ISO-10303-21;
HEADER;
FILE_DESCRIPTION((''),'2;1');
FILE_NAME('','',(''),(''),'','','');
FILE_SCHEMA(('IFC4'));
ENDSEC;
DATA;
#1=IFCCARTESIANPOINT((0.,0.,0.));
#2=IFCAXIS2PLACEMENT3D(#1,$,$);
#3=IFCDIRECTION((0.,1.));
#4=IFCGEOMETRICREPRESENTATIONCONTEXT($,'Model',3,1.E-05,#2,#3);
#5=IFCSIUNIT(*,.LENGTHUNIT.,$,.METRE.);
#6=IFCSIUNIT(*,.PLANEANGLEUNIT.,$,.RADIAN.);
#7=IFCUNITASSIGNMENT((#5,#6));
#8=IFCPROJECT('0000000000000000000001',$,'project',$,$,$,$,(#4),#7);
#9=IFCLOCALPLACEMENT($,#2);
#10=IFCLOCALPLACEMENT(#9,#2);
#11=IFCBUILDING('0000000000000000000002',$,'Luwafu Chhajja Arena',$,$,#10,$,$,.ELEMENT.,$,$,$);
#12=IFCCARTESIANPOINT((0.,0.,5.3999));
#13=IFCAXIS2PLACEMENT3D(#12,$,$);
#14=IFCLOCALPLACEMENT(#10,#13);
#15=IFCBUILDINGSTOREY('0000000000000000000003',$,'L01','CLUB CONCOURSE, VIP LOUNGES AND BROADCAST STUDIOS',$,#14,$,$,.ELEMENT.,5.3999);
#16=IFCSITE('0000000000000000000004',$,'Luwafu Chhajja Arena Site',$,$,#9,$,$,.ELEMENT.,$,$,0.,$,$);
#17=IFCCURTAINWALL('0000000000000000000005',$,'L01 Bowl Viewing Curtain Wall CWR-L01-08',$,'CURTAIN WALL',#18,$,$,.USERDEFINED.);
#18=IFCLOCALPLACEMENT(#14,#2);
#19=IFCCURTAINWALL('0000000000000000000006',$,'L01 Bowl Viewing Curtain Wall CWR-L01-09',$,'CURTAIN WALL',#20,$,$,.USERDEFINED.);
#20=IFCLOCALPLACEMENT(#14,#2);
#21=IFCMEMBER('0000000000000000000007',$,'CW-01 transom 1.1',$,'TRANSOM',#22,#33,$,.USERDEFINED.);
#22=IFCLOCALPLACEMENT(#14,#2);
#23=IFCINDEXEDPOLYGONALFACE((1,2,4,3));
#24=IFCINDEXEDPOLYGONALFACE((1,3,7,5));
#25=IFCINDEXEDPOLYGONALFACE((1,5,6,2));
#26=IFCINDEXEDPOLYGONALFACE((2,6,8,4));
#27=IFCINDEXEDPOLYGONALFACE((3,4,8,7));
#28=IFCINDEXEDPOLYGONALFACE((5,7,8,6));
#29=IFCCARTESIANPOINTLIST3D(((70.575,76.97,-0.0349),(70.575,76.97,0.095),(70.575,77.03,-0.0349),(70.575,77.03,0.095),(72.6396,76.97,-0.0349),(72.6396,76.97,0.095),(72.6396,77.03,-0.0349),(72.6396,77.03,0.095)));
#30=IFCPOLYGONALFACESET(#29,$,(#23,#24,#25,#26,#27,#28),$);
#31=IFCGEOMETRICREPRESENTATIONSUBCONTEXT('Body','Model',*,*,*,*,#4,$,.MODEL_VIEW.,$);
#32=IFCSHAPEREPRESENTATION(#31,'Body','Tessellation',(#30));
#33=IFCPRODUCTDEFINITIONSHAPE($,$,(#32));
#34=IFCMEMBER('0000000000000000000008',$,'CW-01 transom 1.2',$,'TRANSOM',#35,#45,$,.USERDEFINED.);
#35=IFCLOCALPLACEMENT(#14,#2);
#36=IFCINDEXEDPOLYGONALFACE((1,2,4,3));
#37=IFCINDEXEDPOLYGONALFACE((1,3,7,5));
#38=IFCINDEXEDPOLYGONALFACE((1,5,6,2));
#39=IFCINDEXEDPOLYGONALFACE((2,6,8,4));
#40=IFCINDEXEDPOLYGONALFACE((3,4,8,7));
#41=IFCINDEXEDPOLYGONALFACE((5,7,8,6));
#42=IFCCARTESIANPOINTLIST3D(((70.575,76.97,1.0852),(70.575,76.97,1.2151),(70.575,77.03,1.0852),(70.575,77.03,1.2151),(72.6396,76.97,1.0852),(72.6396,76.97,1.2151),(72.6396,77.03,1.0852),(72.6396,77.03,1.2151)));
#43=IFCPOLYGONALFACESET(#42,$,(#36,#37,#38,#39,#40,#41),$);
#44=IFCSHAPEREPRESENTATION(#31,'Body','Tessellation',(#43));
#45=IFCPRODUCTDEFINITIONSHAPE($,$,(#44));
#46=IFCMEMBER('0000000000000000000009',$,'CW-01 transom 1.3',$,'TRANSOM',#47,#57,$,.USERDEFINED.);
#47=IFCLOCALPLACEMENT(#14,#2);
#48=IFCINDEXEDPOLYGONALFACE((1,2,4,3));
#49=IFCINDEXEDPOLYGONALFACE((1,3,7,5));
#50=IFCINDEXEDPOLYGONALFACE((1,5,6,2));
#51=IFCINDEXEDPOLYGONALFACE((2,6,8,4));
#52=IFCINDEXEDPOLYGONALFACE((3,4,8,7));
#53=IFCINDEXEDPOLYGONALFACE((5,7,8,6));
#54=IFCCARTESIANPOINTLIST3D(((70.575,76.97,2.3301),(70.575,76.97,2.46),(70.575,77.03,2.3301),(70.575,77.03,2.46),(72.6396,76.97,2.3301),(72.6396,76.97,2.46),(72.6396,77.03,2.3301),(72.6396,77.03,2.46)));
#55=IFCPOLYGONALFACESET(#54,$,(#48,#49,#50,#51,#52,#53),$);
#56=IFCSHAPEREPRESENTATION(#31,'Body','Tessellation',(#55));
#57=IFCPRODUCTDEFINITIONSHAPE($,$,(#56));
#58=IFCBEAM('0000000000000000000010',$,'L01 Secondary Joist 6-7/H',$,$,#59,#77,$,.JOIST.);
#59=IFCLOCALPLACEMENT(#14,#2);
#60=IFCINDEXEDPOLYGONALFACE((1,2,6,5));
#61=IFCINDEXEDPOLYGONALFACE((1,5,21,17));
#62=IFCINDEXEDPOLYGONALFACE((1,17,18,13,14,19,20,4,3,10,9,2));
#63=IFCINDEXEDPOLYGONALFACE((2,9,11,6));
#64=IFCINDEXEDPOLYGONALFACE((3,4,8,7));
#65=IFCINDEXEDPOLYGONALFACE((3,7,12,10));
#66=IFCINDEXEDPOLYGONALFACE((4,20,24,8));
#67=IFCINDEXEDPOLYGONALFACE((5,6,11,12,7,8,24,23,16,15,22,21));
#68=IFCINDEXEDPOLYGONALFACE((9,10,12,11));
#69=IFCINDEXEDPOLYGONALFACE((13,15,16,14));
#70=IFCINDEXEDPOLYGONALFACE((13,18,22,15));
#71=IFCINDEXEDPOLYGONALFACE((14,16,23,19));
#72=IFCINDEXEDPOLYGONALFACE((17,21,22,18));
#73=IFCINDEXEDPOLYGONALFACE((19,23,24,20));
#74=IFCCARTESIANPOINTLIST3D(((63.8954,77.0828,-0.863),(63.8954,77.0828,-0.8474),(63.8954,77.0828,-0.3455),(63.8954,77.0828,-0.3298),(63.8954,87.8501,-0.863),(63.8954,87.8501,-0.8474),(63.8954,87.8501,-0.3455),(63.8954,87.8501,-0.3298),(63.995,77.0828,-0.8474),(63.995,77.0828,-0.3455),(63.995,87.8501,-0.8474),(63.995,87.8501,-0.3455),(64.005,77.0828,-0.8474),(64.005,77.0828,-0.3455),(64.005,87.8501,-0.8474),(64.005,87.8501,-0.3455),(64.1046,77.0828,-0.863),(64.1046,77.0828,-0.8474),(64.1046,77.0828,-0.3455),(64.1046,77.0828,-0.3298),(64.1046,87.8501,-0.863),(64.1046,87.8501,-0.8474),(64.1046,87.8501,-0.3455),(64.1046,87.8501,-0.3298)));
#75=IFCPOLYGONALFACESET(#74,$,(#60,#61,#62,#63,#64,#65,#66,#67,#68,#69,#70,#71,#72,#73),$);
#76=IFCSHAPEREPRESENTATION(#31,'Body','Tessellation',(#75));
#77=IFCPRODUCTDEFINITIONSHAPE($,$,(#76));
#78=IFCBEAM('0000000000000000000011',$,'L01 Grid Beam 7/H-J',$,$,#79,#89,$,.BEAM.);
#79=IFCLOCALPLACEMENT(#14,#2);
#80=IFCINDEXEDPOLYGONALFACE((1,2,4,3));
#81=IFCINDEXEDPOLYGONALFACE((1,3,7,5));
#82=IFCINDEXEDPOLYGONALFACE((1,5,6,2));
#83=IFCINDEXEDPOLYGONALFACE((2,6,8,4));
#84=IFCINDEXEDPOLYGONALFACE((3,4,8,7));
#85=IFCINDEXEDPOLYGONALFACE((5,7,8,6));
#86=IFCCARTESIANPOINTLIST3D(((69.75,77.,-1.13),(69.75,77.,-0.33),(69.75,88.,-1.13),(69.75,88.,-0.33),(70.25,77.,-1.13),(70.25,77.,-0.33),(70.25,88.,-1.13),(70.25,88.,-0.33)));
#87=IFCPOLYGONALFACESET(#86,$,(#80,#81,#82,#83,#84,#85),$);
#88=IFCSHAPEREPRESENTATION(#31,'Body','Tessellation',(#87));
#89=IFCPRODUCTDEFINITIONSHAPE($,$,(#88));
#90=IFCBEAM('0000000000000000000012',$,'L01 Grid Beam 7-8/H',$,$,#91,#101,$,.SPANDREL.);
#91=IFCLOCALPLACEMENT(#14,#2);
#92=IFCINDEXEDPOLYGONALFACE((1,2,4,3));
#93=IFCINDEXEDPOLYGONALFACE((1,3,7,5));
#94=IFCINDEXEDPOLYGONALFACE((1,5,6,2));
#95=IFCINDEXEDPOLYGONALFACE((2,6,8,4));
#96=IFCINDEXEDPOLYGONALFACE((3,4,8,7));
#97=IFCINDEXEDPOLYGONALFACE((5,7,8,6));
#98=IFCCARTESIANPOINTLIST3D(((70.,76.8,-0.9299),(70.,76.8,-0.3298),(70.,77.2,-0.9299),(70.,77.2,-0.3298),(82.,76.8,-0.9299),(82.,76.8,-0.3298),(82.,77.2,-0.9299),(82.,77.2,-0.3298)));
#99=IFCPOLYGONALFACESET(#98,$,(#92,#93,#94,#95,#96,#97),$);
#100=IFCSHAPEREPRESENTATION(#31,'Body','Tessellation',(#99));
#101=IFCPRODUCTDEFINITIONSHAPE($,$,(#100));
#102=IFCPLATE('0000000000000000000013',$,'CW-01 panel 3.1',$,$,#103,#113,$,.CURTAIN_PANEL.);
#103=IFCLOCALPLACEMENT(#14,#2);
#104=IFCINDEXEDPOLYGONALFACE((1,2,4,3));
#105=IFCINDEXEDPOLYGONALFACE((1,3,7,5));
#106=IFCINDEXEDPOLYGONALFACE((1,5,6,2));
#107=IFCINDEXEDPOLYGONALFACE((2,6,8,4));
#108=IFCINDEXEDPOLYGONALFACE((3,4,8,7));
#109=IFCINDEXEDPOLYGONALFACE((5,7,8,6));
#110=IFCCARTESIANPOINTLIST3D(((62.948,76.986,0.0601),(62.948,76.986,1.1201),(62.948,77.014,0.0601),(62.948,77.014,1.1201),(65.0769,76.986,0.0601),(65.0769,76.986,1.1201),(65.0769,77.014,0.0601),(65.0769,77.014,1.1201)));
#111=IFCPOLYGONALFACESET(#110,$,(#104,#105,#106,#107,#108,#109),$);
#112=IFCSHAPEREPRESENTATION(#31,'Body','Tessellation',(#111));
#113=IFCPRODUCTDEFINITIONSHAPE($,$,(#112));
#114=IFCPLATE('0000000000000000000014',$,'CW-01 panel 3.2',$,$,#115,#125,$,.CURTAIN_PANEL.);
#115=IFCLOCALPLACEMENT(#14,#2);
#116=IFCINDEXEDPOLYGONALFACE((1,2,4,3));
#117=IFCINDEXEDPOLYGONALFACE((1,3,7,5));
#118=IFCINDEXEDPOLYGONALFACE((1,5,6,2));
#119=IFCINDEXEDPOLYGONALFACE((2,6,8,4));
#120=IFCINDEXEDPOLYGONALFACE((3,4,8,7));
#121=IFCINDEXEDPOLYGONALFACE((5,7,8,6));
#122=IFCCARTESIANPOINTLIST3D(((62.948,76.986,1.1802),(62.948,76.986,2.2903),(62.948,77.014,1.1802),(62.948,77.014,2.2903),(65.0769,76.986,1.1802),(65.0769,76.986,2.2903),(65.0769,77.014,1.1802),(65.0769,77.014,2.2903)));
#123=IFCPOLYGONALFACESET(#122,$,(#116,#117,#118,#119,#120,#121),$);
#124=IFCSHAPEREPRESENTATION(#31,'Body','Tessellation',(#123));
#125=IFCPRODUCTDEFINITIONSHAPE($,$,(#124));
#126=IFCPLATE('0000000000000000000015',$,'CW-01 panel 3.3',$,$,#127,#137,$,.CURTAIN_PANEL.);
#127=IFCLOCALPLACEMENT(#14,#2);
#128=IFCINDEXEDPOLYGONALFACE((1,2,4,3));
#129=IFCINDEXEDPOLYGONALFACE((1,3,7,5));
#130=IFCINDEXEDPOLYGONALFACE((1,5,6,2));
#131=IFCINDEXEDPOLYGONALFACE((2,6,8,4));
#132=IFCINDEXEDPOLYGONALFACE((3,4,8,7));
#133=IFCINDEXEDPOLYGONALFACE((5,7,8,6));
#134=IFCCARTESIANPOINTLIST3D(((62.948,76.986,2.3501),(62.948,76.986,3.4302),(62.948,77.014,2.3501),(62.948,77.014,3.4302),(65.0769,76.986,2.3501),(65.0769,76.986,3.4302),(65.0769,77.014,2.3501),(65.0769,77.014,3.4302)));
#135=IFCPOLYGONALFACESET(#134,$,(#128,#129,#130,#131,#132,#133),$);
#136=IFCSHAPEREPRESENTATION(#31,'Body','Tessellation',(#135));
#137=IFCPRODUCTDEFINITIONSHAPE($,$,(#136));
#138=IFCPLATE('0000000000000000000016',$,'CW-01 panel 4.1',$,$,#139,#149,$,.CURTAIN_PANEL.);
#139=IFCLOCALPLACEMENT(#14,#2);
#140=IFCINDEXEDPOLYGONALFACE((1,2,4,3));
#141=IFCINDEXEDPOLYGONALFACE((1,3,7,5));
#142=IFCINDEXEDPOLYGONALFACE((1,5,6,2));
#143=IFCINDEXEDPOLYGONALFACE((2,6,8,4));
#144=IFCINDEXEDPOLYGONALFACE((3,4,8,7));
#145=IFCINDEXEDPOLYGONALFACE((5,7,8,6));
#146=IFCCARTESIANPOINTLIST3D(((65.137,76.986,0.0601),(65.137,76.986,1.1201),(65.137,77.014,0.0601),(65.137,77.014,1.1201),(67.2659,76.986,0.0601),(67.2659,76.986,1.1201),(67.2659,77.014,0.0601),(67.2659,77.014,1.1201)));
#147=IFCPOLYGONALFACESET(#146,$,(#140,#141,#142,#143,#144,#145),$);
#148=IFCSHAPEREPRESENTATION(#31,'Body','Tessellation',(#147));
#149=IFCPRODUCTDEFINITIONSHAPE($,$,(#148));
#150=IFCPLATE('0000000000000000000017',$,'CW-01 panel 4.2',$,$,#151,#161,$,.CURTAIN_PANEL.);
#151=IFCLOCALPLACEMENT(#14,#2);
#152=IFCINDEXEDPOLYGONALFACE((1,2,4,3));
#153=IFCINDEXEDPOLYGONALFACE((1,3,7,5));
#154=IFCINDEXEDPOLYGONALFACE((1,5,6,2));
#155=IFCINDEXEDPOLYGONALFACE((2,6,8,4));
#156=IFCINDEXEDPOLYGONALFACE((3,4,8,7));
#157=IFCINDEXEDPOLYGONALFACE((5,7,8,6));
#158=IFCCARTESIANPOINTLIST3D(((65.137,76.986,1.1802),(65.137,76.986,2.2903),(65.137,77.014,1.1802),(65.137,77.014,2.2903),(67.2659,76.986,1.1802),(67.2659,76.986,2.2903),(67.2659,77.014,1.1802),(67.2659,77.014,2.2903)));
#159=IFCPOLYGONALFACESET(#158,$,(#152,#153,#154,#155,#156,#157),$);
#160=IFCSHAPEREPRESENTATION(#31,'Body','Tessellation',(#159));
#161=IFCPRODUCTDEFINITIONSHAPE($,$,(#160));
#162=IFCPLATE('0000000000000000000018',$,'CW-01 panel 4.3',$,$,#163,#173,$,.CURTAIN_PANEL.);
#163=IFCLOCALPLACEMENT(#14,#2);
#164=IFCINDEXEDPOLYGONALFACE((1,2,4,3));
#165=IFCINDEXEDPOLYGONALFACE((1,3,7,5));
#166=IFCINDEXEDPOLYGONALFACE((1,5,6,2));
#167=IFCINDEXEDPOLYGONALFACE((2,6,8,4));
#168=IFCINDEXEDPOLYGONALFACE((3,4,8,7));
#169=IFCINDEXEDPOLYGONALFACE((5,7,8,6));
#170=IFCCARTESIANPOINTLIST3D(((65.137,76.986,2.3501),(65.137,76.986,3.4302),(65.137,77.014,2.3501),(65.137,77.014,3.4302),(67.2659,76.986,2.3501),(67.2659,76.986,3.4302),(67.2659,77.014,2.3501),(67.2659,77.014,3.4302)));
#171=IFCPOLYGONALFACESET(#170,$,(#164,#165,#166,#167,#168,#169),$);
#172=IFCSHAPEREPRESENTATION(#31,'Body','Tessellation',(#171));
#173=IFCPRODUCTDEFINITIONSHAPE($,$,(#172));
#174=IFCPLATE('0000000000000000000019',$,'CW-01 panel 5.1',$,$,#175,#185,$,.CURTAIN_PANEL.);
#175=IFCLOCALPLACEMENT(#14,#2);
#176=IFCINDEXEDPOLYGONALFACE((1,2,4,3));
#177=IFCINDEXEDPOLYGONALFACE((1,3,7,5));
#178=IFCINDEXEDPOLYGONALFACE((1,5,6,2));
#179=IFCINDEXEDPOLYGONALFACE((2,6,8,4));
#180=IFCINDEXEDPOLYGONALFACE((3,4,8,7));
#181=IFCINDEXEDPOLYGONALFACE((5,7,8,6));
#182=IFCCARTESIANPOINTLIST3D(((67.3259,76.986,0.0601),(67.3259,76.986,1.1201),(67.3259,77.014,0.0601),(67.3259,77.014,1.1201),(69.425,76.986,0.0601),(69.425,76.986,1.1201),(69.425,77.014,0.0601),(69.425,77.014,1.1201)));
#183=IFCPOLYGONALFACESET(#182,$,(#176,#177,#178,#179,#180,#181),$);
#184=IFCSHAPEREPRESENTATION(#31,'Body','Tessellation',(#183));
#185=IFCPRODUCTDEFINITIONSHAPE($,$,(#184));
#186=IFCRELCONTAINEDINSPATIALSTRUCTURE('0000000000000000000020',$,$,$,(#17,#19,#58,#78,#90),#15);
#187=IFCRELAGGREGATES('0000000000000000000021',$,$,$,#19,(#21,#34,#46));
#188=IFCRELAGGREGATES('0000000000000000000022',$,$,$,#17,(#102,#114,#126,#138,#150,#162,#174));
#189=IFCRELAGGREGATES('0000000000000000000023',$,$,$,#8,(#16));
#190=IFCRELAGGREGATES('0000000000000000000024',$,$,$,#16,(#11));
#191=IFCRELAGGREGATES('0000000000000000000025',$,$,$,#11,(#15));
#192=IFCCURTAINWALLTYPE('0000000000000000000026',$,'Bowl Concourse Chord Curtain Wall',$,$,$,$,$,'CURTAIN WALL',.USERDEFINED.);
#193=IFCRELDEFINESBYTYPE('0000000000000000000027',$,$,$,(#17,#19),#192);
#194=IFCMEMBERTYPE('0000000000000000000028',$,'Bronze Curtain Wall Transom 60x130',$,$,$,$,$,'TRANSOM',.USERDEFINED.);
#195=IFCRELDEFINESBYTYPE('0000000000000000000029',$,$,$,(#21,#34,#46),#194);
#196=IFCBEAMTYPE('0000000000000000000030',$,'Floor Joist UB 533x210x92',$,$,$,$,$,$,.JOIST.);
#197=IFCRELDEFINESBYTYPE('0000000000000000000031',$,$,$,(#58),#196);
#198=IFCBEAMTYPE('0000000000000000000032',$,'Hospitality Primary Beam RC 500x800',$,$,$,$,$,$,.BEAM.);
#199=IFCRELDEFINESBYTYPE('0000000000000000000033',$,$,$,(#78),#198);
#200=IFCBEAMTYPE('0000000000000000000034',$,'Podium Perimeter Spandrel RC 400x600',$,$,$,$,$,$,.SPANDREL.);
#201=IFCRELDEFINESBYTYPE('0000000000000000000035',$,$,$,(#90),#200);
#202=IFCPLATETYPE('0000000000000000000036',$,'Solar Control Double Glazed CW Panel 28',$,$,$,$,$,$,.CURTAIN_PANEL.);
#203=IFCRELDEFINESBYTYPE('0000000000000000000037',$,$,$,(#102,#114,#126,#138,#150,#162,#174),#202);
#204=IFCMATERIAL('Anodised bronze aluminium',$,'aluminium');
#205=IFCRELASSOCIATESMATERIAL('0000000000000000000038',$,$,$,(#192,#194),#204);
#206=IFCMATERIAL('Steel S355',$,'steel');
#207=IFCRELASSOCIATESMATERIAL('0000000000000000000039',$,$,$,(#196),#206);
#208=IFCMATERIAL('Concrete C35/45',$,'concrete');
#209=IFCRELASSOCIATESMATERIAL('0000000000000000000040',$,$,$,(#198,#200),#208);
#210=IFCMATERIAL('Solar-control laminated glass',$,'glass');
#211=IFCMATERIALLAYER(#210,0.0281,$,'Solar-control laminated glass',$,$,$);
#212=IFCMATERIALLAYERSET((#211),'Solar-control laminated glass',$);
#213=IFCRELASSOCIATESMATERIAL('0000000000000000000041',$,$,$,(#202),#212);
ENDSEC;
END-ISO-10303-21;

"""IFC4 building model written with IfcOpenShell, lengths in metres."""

from ifc_helpers import new_model, si_unit, direction, frame, origin, origin_2d, place, context, subcontext, project, spatial, rectangle, i_section, extrude, material, layer, layer_set, material_profile, profile_set, type_object, element, aggregate, save


model = new_model("IFC4")

# Units and contexts
model_context = context("Model", 3, precision=1e-05, world=origin(), true_north=direction((0.0, 1.0)))
body_context = subcontext(model_context, "Body", "Model", "MODEL_VIEW")
ifc_project = project(units=[si_unit("LENGTHUNIT", "METRE"), si_unit("PLANEANGLEUNIT", "RADIAN")], contexts=[model_context])

# Site, building, storey
site_placement = place(None, origin())
site = spatial("IfcSite", under=ifc_project, at=site_placement, Name="Luwafu Chhajja Arena Site", CompositionType="ELEMENT", RefElevation=0.0)
building_placement = place(site_placement, origin())
building = spatial("IfcBuilding", under=site, at=building_placement, Name="Luwafu Chhajja Arena", CompositionType="ELEMENT")
storey_placement = place(building_placement, frame((0.0, 0.0, 5.3999)))
storey = spatial("IfcBuildingStorey", under=building, at=storey_placement, Name="L01", Description="CLUB CONCOURSE, VIP LOUNGES AND BROADCAST STUDIOS", CompositionType="ELEMENT", Elevation=5.3999)

# Shared definitions
ifc_material_1 = material(Name="Concrete C35/45", Category="concrete")

# Curtain wall
ifc_material_2 = material(Name="Anodised bronze aluminium", Category="aluminium")
curtain_wall_type = type_object("IfcCurtainWallType", Name="Bowl Concourse Chord Curtain Wall", ElementType="CURTAIN WALL", PredefinedType="USERDEFINED", material=ifc_material_2)
curtain_wall_1_placement = place(storey_placement, origin())
curtain_wall_1 = element("IfcCurtainWall", 1, at=curtain_wall_1_placement, inside=storey, type_object=curtain_wall_type, Name="L01 Bowl Viewing Curtain Wall CWR-L01-08", ObjectType="CURTAIN WALL", PredefinedType="USERDEFINED")

# Curtain wall
curtain_wall_2_placement = place(storey_placement, origin())
curtain_wall_2 = element("IfcCurtainWall", 2, at=curtain_wall_2_placement, inside=storey, type_object=curtain_wall_type, Name="L01 Bowl Viewing Curtain Wall CWR-L01-09", ObjectType="CURTAIN WALL", PredefinedType="USERDEFINED")

# Members
ifc_material_profile_1 = material_profile(ifc_material_2, rectangle(XDim=0.0601, YDim=0.1299, at=origin_2d()), Name="CWT 60x130")
ifc_profile_set_1 = profile_set([ifc_material_profile_1], Name="Anodised bronze aluminium")
member_type_1 = type_object("IfcMemberType", Name="Bronze Curtain Wall Transom 60x130", ElementType="TRANSOM", PredefinedType="USERDEFINED", material=ifc_profile_set_1)
member_1_placement = place(storey_placement, frame((70.575, 77.0, 0.03), z_axis=(1.0, 0.0, 0.0), x_axis=(0.0, 1.0, 0.0)))
member_1 = element("IfcMember", 3, at=member_1_placement, type_object=member_type_1, Name="CW-01 transom 1.1", ObjectType="TRANSOM", PredefinedType="USERDEFINED", context=body_context, shape_type="SweptSolid", body=[
    extrude(rectangle(XDim=0.0601, YDim=0.1299, at=origin_2d()), origin(), (0.0, 0.0, 1.0), 2.0647),
])
member_2_placement = place(storey_placement, frame((70.575, 77.0, 1.1501), z_axis=(1.0, 0.0, 0.0), x_axis=(0.0, 1.0, 0.0)))
member_2 = element("IfcMember", 4, at=member_2_placement, type_object=member_type_1, Name="CW-01 transom 1.2", ObjectType="TRANSOM", PredefinedType="USERDEFINED", context=body_context, shape_type="SweptSolid", body=[
    extrude(rectangle(XDim=0.0601, YDim=0.1299, at=origin_2d()), origin(), (0.0, 0.0, 1.0), 2.0647),
])
member_3_placement = place(storey_placement, frame((70.575, 77.0, 2.395), z_axis=(1.0, 0.0, 0.0), x_axis=(0.0, 1.0, 0.0)))
member_3 = element("IfcMember", 5, at=member_3_placement, type_object=member_type_1, Name="CW-01 transom 1.3", ObjectType="TRANSOM", PredefinedType="USERDEFINED", context=body_context, shape_type="SweptSolid", body=[
    extrude(rectangle(XDim=0.0601, YDim=0.1299, at=origin_2d()), origin(), (0.0, 0.0, 1.0), 2.0647),
])
aggregate(curtain_wall_2, [member_1, member_2, member_3])

# Beams
ifc_material_3 = material(Name="Steel S355", Category="steel")
ifc_material_profile_2 = material_profile(ifc_material_3, i_section(OverallWidth=0.2092, OverallDepth=0.5332, WebThickness=0.01, FlangeThickness=0.0156, at=origin_2d()), Name="UB 533x210x92")
ifc_profile_set_2 = profile_set([ifc_material_profile_2], Name="Steel S355")
beam_type_1 = type_object("IfcBeamType", Name="Floor Joist UB 533x210x92", PredefinedType="JOIST", material=ifc_profile_set_2)
beam_1_placement = place(storey_placement, frame((64.0, 77.0828, -0.5964), z_axis=(0.0, 1.0, 0.0), x_axis=(-1.0, 0.0, 0.0)))
element("IfcBeam", 6, at=beam_1_placement, inside=storey, type_object=beam_type_1, Name="L01 Secondary Joist 6-7/H", PredefinedType="JOIST", context=body_context, shape_type="SweptSolid", body=[
    extrude(i_section(OverallWidth=0.2092, OverallDepth=0.5332, WebThickness=0.01, FlangeThickness=0.0156, at=origin_2d()), origin(), (0.0, 0.0, 1.0), 10.7673),
])
ifc_material_profile_3 = material_profile(ifc_material_1, rectangle(XDim=0.5, YDim=0.8, at=origin_2d()), Name="RC 500x800")
ifc_profile_set_3 = profile_set([ifc_material_profile_3], Name="Concrete C35/45")
beam_type_2 = type_object("IfcBeamType", Name="Hospitality Primary Beam RC 500x800", PredefinedType="BEAM", material=ifc_profile_set_3)
beam_2_placement = place(storey_placement, frame((70.0, 77.0, -0.73), z_axis=(0.0, 1.0, 0.0), x_axis=(-1.0, 0.0, 0.0)))
element("IfcBeam", 7, at=beam_2_placement, inside=storey, type_object=beam_type_2, Name="L01 Grid Beam 7/H-J", PredefinedType="BEAM", context=body_context, shape_type="SweptSolid", body=[
    extrude(rectangle(XDim=0.5, YDim=0.8, at=origin_2d()), origin(), (0.0, 0.0, 1.0), 11.0),
])
ifc_material_profile_4 = material_profile(ifc_material_1, rectangle(XDim=0.3999, YDim=0.6001, at=origin_2d()), Name="RC 400x600")
ifc_profile_set_4 = profile_set([ifc_material_profile_4], Name="Concrete C35/45")
beam_type_3 = type_object("IfcBeamType", Name="Podium Perimeter Spandrel RC 400x600", PredefinedType="SPANDREL", material=ifc_profile_set_4)
beam_3_placement = place(storey_placement, frame((70.0, 77.0, -0.6299), z_axis=(1.0, 0.0, 0.0), x_axis=(0.0, 1.0, 0.0)))
element("IfcBeam", 8, at=beam_3_placement, inside=storey, type_object=beam_type_3, Name="L01 Grid Beam 7-8/H", PredefinedType="SPANDREL", context=body_context, shape_type="SweptSolid", body=[
    extrude(rectangle(XDim=0.3999, YDim=0.6001, at=origin_2d()), origin(), (0.0, 0.0, 1.0), 12.0),
])

# Plates
ifc_material_4 = material(Name="Solar-control laminated glass", Category="glass")
ifc_layer = layer(ifc_material_4, 0.0281, Name="Solar-control laminated glass")
ifc_layer_set = layer_set([ifc_layer], Name="Solar-control laminated glass")
plate_type = type_object("IfcPlateType", Name="Solar Control Double Glazed CW Panel 28", PredefinedType="CURTAIN_PANEL", material=ifc_layer_set)
plate_1_placement = place(storey_placement, frame((64.0125, 77.0, 0.0601), z_axis=(0.0, 0.0, 1.0), x_axis=(1.0, 0.0, 0.0)))
plate_1 = element("IfcPlate", 9, at=plate_1_placement, type_object=plate_type, Name="CW-01 panel 3.1", PredefinedType="CURTAIN_PANEL", context=body_context, shape_type="SweptSolid", body=[
    extrude(rectangle(XDim=2.1289, YDim=0.0281, at=origin_2d()), origin(), (0.0, 0.0, 1.0), 1.0601),
])
plate_2_placement = place(storey_placement, frame((64.0125, 77.0, 1.1802), z_axis=(0.0, 0.0, 1.0), x_axis=(1.0, 0.0, 0.0)))
plate_2 = element("IfcPlate", 10, at=plate_2_placement, type_object=plate_type, Name="CW-01 panel 3.2", PredefinedType="CURTAIN_PANEL", context=body_context, shape_type="SweptSolid", body=[
    extrude(rectangle(XDim=2.1289, YDim=0.0281, at=origin_2d()), origin(), (0.0, 0.0, 1.0), 1.1101),
])
plate_3_placement = place(storey_placement, frame((64.0125, 77.0, 2.3501), z_axis=(0.0, 0.0, 1.0), x_axis=(1.0, 0.0, 0.0)))
plate_3 = element("IfcPlate", 11, at=plate_3_placement, type_object=plate_type, Name="CW-01 panel 3.3", PredefinedType="CURTAIN_PANEL", context=body_context, shape_type="SweptSolid", body=[
    extrude(rectangle(XDim=2.1289, YDim=0.0281, at=origin_2d()), origin(), (0.0, 0.0, 1.0), 1.0801),
])
plate_4_placement = place(storey_placement, frame((66.2014, 77.0, 0.0601), z_axis=(0.0, 0.0, 1.0), x_axis=(1.0, 0.0, 0.0)))
plate_4 = element("IfcPlate", 12, at=plate_4_placement, type_object=plate_type, Name="CW-01 panel 4.1", PredefinedType="CURTAIN_PANEL", context=body_context, shape_type="SweptSolid", body=[
    extrude(rectangle(XDim=2.1289, YDim=0.0281, at=origin_2d()), origin(), (0.0, 0.0, 1.0), 1.0601),
])
plate_5_placement = place(storey_placement, frame((66.2014, 77.0, 1.1802), z_axis=(0.0, 0.0, 1.0), x_axis=(1.0, 0.0, 0.0)))
plate_5 = element("IfcPlate", 13, at=plate_5_placement, type_object=plate_type, Name="CW-01 panel 4.2", PredefinedType="CURTAIN_PANEL", context=body_context, shape_type="SweptSolid", body=[
    extrude(rectangle(XDim=2.1289, YDim=0.0281, at=origin_2d()), origin(), (0.0, 0.0, 1.0), 1.1101),
])
plate_6_placement = place(storey_placement, frame((66.2014, 77.0, 2.3501), z_axis=(0.0, 0.0, 1.0), x_axis=(1.0, 0.0, 0.0)))
plate_6 = element("IfcPlate", 14, at=plate_6_placement, type_object=plate_type, Name="CW-01 panel 4.3", PredefinedType="CURTAIN_PANEL", context=body_context, shape_type="SweptSolid", body=[
    extrude(rectangle(XDim=2.1289, YDim=0.0281, at=origin_2d()), origin(), (0.0, 0.0, 1.0), 1.0801),
])
plate_7_placement = place(storey_placement, frame((68.3755, 77.0, 0.0601), z_axis=(0.0, 0.0, 1.0), x_axis=(1.0, 0.0, 0.0)))
plate_7 = element("IfcPlate", 15, at=plate_7_placement, type_object=plate_type, Name="CW-01 panel 5.1", PredefinedType="CURTAIN_PANEL", context=body_context, shape_type="SweptSolid", body=[
    extrude(rectangle(XDim=2.0991, YDim=0.0281, at=origin_2d()), origin(), (0.0, 0.0, 1.0), 1.0601),
])
aggregate(curtain_wall_1, [plate_1, plate_2, plate_3, plate_4, plate_5, plate_6, plate_7])

save(model, "model.ifc")
